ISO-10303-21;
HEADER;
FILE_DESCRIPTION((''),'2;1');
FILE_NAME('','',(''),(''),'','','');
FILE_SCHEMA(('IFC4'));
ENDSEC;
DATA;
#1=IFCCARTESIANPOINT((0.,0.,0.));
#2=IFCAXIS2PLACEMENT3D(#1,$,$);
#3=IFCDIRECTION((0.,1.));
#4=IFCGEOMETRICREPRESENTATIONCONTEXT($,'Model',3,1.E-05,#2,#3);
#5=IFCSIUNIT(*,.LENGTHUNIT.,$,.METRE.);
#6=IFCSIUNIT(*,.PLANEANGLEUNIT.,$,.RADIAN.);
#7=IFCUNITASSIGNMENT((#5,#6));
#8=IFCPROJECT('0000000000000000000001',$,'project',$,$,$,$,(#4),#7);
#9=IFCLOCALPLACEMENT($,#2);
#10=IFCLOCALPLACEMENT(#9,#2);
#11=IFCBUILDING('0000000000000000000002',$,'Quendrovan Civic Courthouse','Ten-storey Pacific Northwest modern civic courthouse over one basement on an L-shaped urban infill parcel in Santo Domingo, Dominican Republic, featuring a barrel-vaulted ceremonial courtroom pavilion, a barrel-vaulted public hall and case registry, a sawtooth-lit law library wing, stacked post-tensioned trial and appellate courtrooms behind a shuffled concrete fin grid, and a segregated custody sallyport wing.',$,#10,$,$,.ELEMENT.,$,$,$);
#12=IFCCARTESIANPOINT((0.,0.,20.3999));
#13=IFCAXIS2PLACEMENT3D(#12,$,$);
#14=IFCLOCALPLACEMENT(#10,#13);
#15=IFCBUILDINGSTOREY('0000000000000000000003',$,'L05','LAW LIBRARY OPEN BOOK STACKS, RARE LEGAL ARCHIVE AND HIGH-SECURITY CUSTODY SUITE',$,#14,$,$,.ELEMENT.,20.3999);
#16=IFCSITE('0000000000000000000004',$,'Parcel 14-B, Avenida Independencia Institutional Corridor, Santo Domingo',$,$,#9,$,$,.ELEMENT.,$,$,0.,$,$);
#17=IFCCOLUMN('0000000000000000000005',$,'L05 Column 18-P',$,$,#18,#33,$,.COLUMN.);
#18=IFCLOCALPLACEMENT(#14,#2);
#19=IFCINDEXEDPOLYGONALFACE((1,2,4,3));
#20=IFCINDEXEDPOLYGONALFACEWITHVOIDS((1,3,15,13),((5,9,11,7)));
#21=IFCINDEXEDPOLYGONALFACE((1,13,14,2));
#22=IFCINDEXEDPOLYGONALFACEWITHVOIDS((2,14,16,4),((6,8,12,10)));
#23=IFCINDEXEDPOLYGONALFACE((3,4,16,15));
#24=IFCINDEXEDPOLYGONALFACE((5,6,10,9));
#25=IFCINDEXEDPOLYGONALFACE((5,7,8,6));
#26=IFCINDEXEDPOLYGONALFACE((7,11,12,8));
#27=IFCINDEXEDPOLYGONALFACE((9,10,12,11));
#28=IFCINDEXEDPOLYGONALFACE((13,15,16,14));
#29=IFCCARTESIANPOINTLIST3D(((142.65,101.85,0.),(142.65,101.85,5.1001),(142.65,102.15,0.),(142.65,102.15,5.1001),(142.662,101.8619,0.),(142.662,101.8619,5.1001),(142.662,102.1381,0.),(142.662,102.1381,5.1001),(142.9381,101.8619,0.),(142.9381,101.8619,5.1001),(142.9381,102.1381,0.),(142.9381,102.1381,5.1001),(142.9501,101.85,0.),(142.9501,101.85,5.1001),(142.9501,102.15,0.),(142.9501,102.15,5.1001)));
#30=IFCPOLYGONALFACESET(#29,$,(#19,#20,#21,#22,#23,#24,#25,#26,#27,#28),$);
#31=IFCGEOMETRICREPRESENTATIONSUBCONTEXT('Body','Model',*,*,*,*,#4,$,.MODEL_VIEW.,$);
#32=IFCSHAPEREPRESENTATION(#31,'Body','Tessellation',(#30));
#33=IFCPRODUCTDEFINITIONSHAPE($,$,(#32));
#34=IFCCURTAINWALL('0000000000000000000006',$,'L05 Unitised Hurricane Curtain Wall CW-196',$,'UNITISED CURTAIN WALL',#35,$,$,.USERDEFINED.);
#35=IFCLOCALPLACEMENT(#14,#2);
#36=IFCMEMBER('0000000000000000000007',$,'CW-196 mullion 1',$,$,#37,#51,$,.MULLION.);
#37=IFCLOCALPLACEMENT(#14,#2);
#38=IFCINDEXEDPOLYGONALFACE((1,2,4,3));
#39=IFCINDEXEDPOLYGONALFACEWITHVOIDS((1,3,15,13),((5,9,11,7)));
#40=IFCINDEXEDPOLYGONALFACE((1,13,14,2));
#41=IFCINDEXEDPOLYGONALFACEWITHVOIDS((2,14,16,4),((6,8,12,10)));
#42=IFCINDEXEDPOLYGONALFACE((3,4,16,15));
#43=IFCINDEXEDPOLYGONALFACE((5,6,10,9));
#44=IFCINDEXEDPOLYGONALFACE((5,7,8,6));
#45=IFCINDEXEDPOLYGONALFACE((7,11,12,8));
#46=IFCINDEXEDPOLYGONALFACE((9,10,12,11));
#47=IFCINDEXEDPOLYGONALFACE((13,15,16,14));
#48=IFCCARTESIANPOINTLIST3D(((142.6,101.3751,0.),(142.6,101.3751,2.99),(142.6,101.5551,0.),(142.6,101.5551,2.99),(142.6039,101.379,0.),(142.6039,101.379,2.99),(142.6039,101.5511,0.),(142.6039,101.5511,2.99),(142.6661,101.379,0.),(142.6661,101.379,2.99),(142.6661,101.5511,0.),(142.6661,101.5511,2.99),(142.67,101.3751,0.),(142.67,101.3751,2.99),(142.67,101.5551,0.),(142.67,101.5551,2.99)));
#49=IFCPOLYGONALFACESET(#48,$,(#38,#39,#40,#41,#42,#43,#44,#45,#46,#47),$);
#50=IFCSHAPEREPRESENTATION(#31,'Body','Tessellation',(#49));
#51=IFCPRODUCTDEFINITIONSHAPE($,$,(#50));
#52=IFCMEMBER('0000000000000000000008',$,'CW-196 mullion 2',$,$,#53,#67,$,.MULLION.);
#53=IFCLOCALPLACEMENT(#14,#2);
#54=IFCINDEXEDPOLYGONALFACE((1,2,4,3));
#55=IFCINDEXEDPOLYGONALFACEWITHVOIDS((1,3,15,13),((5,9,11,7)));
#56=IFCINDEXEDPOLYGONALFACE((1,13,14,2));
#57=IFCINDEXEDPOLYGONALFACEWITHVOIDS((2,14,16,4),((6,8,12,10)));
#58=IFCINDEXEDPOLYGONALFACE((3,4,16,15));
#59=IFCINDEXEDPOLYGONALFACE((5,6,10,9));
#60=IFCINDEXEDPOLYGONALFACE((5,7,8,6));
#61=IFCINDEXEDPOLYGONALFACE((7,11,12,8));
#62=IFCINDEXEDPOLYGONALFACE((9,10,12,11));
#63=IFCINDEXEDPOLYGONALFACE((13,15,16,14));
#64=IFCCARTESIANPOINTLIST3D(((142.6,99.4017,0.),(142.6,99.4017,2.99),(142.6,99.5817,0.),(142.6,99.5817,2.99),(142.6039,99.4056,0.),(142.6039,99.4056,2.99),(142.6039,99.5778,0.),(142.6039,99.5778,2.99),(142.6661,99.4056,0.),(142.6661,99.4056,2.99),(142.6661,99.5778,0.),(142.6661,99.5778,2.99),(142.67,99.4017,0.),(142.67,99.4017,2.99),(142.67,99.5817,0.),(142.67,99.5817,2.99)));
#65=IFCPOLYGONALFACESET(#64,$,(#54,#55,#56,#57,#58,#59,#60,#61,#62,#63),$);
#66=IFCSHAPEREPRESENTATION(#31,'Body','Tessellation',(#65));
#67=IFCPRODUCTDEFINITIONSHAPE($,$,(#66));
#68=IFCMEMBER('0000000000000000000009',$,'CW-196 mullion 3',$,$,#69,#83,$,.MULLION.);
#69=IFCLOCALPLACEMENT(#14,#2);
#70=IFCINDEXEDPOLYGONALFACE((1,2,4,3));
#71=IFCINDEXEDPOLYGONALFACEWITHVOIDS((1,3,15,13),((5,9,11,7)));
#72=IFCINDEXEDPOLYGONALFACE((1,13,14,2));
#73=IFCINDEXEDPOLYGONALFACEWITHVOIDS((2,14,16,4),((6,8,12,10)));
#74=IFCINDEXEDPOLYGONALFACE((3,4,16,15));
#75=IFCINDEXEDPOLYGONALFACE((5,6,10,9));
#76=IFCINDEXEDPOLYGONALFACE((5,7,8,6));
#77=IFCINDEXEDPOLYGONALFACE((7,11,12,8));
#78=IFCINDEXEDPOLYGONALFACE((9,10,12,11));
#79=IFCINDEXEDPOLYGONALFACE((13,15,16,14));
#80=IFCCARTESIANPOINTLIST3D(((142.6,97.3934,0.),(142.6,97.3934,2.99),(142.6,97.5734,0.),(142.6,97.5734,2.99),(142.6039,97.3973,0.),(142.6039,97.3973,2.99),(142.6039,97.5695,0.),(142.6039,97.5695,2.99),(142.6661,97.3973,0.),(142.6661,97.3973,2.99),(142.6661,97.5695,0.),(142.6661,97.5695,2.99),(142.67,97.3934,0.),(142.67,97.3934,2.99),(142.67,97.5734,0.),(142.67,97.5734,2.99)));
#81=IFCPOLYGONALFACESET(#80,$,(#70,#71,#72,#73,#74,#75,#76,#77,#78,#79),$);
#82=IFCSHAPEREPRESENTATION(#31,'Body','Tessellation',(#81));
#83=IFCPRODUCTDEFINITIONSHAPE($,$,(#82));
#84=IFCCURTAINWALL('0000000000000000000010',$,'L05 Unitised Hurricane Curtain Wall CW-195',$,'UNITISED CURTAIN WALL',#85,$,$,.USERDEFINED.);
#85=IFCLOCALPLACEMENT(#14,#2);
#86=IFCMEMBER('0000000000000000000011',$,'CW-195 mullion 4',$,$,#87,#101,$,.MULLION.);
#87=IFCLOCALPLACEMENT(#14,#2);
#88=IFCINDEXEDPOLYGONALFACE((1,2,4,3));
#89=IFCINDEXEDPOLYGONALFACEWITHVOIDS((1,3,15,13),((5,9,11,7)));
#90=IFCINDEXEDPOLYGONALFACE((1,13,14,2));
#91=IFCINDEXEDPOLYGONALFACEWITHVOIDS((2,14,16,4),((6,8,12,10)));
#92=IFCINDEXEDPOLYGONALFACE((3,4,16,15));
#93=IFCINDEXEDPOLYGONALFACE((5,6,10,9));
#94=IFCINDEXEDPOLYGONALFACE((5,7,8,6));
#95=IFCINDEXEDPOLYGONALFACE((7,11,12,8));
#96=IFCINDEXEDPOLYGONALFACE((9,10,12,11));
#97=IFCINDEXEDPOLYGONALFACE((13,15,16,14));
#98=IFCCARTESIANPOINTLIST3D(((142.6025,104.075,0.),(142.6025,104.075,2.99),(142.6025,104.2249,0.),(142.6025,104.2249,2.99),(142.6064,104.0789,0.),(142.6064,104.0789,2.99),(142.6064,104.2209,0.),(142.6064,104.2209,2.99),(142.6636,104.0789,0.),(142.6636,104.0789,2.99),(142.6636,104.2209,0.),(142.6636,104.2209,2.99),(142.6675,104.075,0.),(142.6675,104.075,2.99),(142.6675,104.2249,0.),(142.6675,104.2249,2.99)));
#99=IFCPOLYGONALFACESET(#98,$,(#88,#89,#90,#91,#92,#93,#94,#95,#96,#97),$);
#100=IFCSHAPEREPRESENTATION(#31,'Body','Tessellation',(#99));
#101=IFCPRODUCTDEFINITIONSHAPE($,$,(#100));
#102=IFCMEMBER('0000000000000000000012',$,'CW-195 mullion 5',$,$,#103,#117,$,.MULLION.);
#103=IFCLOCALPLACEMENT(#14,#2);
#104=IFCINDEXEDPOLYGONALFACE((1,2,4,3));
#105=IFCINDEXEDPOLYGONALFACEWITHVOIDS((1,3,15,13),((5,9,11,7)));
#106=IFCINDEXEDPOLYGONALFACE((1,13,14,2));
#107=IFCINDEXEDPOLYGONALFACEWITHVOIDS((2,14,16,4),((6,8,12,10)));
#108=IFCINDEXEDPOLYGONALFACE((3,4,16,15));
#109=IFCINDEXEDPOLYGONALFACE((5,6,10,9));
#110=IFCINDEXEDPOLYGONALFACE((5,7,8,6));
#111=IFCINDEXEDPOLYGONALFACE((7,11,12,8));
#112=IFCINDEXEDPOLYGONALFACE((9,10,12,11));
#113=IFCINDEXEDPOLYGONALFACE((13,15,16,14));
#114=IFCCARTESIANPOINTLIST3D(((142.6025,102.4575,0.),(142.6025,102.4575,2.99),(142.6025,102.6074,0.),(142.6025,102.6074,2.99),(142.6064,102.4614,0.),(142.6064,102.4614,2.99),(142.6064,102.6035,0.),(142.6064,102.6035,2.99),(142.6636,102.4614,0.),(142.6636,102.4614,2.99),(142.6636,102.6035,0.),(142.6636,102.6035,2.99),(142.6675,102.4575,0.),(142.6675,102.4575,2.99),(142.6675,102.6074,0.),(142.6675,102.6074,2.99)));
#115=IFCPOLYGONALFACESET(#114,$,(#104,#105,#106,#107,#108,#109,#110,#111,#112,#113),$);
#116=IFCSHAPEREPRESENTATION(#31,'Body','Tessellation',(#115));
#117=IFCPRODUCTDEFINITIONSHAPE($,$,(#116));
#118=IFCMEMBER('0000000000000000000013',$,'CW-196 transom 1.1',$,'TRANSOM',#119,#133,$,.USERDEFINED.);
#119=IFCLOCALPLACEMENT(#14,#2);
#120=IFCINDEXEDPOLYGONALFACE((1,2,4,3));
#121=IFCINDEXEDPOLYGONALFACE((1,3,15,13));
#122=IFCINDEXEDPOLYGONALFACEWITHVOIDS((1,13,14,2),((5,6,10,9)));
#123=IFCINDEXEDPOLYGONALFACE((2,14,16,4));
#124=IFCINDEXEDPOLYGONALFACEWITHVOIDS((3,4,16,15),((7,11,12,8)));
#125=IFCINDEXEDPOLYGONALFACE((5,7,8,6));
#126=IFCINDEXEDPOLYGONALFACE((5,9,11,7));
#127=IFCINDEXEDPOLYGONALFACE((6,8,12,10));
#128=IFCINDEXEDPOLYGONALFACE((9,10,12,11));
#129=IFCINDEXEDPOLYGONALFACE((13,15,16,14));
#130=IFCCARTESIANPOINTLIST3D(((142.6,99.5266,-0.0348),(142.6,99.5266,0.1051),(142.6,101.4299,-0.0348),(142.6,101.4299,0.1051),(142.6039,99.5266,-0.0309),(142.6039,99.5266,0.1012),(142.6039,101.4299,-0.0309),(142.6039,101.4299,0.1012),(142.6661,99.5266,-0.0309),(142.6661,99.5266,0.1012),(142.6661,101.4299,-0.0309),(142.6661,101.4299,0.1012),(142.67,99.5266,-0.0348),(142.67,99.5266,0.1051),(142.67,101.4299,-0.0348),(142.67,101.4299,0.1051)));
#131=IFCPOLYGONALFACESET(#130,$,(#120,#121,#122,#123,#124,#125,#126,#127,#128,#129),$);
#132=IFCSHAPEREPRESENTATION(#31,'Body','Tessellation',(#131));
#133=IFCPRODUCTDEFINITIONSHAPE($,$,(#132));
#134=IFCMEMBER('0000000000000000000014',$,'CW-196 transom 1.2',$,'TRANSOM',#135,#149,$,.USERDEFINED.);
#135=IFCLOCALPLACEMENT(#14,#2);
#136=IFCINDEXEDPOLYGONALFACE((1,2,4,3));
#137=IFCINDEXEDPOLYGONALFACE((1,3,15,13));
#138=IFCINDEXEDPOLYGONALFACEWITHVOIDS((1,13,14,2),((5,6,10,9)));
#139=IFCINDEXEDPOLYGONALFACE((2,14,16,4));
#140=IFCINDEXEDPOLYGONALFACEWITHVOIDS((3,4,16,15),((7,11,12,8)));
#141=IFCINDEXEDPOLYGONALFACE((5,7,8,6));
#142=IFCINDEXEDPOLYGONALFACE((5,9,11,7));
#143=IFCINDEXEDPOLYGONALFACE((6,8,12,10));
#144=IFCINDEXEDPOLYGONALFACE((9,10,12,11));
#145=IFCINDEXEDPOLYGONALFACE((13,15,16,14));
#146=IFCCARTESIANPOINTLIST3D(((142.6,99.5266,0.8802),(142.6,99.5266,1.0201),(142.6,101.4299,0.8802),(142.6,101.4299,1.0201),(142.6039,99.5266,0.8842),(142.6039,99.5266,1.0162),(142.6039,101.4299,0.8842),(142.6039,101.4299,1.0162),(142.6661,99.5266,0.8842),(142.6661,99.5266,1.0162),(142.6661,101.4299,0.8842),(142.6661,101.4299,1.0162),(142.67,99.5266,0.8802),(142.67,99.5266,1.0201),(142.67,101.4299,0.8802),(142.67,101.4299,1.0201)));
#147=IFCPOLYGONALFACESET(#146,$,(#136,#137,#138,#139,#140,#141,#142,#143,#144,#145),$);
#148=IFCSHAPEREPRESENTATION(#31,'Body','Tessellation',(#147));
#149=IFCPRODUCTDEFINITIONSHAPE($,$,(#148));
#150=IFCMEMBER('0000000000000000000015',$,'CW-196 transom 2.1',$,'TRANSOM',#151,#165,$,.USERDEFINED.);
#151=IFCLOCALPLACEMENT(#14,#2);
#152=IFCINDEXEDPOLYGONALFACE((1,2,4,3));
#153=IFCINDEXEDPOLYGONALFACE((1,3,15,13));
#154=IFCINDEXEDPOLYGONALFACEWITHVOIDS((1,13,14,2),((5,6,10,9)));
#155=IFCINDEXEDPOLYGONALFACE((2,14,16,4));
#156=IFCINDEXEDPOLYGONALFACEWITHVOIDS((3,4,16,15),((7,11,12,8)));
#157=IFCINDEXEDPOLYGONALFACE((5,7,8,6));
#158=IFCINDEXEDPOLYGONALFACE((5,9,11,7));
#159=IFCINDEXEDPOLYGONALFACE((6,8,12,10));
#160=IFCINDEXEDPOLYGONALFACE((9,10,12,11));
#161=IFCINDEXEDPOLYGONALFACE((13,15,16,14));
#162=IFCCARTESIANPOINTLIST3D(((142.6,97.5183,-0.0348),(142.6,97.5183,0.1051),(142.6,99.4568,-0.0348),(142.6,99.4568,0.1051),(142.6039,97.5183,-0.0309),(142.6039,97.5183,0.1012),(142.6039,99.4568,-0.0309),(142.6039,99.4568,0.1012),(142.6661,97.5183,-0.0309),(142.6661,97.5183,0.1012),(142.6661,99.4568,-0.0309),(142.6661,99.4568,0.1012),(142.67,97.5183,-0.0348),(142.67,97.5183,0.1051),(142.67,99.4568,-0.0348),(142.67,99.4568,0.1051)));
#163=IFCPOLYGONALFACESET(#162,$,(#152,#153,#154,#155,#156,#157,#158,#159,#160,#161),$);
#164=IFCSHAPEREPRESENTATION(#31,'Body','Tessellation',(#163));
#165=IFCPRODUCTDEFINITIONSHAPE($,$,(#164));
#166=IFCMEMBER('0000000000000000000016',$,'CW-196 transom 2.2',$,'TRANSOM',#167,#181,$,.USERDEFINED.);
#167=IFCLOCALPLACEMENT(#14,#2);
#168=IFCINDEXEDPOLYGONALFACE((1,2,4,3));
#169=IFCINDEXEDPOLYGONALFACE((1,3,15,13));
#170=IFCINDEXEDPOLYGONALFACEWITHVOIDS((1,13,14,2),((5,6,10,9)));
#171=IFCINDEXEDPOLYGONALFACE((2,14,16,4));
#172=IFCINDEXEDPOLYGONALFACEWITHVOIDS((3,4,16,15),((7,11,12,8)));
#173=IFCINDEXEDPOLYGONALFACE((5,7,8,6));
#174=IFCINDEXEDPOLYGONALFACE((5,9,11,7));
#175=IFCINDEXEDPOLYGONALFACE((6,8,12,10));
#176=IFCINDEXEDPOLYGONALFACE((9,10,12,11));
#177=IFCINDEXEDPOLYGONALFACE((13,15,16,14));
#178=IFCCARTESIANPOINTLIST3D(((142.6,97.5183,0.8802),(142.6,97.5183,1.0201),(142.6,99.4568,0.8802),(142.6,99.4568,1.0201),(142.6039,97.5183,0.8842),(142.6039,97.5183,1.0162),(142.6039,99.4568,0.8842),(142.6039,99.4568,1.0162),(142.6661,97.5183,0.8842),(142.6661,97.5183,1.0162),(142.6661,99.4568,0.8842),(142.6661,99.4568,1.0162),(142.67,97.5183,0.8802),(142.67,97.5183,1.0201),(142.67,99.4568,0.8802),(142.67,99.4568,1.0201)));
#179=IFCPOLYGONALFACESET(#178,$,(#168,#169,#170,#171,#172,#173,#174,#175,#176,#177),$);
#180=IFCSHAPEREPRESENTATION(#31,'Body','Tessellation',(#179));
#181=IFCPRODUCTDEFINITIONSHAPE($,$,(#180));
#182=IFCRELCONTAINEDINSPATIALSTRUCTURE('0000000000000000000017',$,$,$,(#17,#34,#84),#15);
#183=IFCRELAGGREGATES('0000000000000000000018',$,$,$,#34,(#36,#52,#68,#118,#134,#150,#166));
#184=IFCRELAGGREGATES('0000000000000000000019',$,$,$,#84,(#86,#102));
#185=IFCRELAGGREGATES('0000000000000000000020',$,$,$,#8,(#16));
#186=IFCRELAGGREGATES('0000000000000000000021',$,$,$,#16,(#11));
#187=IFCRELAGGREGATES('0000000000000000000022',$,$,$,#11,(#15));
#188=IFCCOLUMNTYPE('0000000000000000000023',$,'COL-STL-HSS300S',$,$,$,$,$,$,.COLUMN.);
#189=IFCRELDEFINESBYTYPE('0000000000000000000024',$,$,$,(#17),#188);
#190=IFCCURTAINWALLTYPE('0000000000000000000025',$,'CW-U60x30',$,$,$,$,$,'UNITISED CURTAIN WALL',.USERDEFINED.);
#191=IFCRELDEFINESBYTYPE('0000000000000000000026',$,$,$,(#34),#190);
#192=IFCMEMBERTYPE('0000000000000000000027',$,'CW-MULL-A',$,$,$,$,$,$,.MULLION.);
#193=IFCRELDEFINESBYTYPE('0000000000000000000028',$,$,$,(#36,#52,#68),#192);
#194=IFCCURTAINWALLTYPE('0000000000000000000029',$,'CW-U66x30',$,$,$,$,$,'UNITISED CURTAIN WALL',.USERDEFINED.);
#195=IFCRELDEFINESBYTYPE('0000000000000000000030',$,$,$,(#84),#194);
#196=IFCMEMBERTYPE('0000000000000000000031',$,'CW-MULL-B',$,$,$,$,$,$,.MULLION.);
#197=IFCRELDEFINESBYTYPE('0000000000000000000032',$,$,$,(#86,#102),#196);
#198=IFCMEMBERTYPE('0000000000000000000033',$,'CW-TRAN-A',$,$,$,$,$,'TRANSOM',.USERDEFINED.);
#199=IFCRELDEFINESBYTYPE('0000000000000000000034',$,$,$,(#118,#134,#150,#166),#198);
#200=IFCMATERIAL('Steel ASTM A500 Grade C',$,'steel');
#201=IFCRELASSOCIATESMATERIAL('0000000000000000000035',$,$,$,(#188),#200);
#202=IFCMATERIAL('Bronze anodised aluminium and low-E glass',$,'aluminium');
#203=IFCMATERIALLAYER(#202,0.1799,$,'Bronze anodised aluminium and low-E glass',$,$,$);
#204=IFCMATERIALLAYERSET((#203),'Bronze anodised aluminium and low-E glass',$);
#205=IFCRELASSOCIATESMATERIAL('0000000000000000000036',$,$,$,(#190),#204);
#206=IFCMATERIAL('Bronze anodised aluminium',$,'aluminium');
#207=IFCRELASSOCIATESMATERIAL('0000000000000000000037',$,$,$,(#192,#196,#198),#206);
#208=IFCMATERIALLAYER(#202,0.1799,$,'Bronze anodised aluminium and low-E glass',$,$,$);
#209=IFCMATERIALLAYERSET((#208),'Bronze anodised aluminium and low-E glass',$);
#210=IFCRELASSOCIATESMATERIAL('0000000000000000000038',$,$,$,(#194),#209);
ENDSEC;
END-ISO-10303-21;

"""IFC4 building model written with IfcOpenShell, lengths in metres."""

from ifc_helpers import new_model, si_unit, direction, frame, origin, origin_2d, place, context, subcontext, project, spatial, hollow_rectangle, extrude, material, layer, layer_set, material_profile, profile_set, type_object, element, aggregate, save


model = new_model("IFC4")

# Units and contexts
model_context = context("Model", 3, precision=1e-05, world=origin(), true_north=direction((0.0, 1.0)))
body_context = subcontext(model_context, "Body", "Model", "MODEL_VIEW")
ifc_project = project(units=[si_unit("LENGTHUNIT", "METRE"), si_unit("PLANEANGLEUNIT", "RADIAN")], contexts=[model_context])

# Site, building, storey
site_placement = place(None, origin())
site = spatial("IfcSite", under=ifc_project, at=site_placement, Name="Parcel 14-B, Avenida Independencia Institutional Corridor, Santo Domingo", CompositionType="ELEMENT", RefElevation=0.0)
building_placement = place(site_placement, origin())
building = spatial("IfcBuilding", under=site, at=building_placement, Name="Quendrovan Civic Courthouse", Description="Ten-storey Pacific Northwest modern civic courthouse over one basement on an L-shaped urban infill parcel in Santo Domingo, Dominican Republic, featuring a barrel-vaulted ceremonial courtroom pavilion, a barrel-vaulted public hall and case registry, a sawtooth-lit law library wing, stacked post-tensioned trial and appellate courtrooms behind a shuffled concrete fin grid, and a segregated custody sallyport wing.", CompositionType="ELEMENT")
storey_placement = place(building_placement, frame((0.0, 0.0, 20.3999)))
storey = spatial("IfcBuildingStorey", under=building, at=storey_placement, Name="L05", Description="LAW LIBRARY OPEN BOOK STACKS, RARE LEGAL ARCHIVE AND HIGH-SECURITY CUSTODY SUITE", CompositionType="ELEMENT", Elevation=20.3999)

# Column
ifc_material_1 = material(Name="Steel ASTM A500 Grade C", Category="steel")
ifc_material_profile_1 = material_profile(ifc_material_1, hollow_rectangle(XDim=0.3, YDim=0.3, WallThickness=0.012, at=origin_2d()), Name="HSS300x300x12")
ifc_profile_set_1 = profile_set([ifc_material_profile_1], Name="Steel ASTM A500 Grade C")
column_type = type_object("IfcColumnType", Name="COL-STL-HSS300S", PredefinedType="COLUMN", material=ifc_profile_set_1)
column_placement = place(storey_placement, frame((142.8, 102.0, 0.0), z_axis=(0.0, 0.0, 1.0), x_axis=(1.0, 0.0, 0.0)))
element("IfcColumn", 1, at=column_placement, inside=storey, type_object=column_type, Name="L05 Column 18-P", PredefinedType="COLUMN", context=body_context, shape_type="SweptSolid", body=[
    extrude(hollow_rectangle(XDim=0.3, YDim=0.3, WallThickness=0.012, at=origin_2d()), origin(), (0.0, 0.0, 1.0), 5.1001),
])

# Curtain walls, members
ifc_material_2 = material(Name="Bronze anodised aluminium and low-E glass", Category="aluminium")
ifc_layer_1 = layer(ifc_material_2, 0.1799, Name="Bronze anodised aluminium and low-E glass")
ifc_layer_set_1 = layer_set([ifc_layer_1], Name="Bronze anodised aluminium and low-E glass")
curtain_wall_type_1 = type_object("IfcCurtainWallType", Name="CW-U60x30", ElementType="UNITISED CURTAIN WALL", PredefinedType="USERDEFINED", material=ifc_layer_set_1)
curtain_wall_1_placement = place(storey_placement, origin())
curtain_wall_1 = element("IfcCurtainWall", 2, at=curtain_wall_1_placement, inside=storey, type_object=curtain_wall_type_1, Name="L05 Unitised Hurricane Curtain Wall CW-196", ObjectType="UNITISED CURTAIN WALL", PredefinedType="USERDEFINED")
ifc_material_3 = material(Name="Bronze anodised aluminium", Category="aluminium")
ifc_material_profile_2 = material_profile(ifc_material_3, hollow_rectangle(XDim=0.0701, YDim=0.1799, WallThickness=0.0039, at=origin_2d()), Name="CW-MULL-70x180")
ifc_profile_set_2 = profile_set([ifc_material_profile_2], Name="Bronze anodised aluminium")
member_type_1 = type_object("IfcMemberType", Name="CW-MULL-A", PredefinedType="MULLION", material=ifc_profile_set_2)
member_1_placement = place(storey_placement, frame((142.635, 101.4651, 0.0), z_axis=(0.0, 0.0, 1.0), x_axis=(1.0, 0.0, 0.0)))
member_1 = element("IfcMember", 3, at=member_1_placement, type_object=member_type_1, Name="CW-196 mullion 1", PredefinedType="MULLION", context=body_context, shape_type="SweptSolid", body=[
    extrude(hollow_rectangle(XDim=0.0701, YDim=0.1799, WallThickness=0.0039, at=origin_2d()), origin(), (0.0, 0.0, 1.0), 2.99),
])
member_2_placement = place(storey_placement, frame((142.635, 99.4917, 0.0), z_axis=(0.0, 0.0, 1.0), x_axis=(1.0, 0.0, 0.0)))
member_2 = element("IfcMember", 4, at=member_2_placement, type_object=member_type_1, Name="CW-196 mullion 2", PredefinedType="MULLION", context=body_context, shape_type="SweptSolid", body=[
    extrude(hollow_rectangle(XDim=0.0701, YDim=0.1799, WallThickness=0.0039, at=origin_2d()), origin(), (0.0, 0.0, 1.0), 2.99),
])
member_3_placement = place(storey_placement, frame((142.635, 97.4834, 0.0), z_axis=(0.0, 0.0, 1.0), x_axis=(1.0, 0.0, 0.0)))
member_3 = element("IfcMember", 5, at=member_3_placement, type_object=member_type_1, Name="CW-196 mullion 3", PredefinedType="MULLION", context=body_context, shape_type="SweptSolid", body=[
    extrude(hollow_rectangle(XDim=0.0701, YDim=0.1799, WallThickness=0.0039, at=origin_2d()), origin(), (0.0, 0.0, 1.0), 2.99),
])
ifc_layer_2 = layer(ifc_material_2, 0.1799, Name="Bronze anodised aluminium and low-E glass")
ifc_layer_set_2 = layer_set([ifc_layer_2], Name="Bronze anodised aluminium and low-E glass")
curtain_wall_type_2 = type_object("IfcCurtainWallType", Name="CW-U66x30", ElementType="UNITISED CURTAIN WALL", PredefinedType="USERDEFINED", material=ifc_layer_set_2)
curtain_wall_2_placement = place(storey_placement, origin())
curtain_wall_2 = element("IfcCurtainWall", 6, at=curtain_wall_2_placement, inside=storey, type_object=curtain_wall_type_2, Name="L05 Unitised Hurricane Curtain Wall CW-195", ObjectType="UNITISED CURTAIN WALL", PredefinedType="USERDEFINED")
ifc_material_profile_3 = material_profile(ifc_material_3, hollow_rectangle(XDim=0.0649, YDim=0.1499, WallThickness=0.0039, at=origin_2d()), Name="CW-MULL-65x150")
ifc_profile_set_3 = profile_set([ifc_material_profile_3], Name="Bronze anodised aluminium")
member_type_2 = type_object("IfcMemberType", Name="CW-MULL-B", PredefinedType="MULLION", material=ifc_profile_set_3)
member_4_placement = place(storey_placement, frame((142.635, 104.1499, 0.0), z_axis=(0.0, 0.0, 1.0), x_axis=(1.0, 0.0, 0.0)))
member_4 = element("IfcMember", 7, at=member_4_placement, type_object=member_type_2, Name="CW-195 mullion 4", PredefinedType="MULLION", context=body_context, shape_type="SweptSolid", body=[
    extrude(hollow_rectangle(XDim=0.0649, YDim=0.1499, WallThickness=0.0039, at=origin_2d()), origin(), (0.0, 0.0, 1.0), 2.99),
])
member_5_placement = place(storey_placement, frame((142.635, 102.5325, 0.0), z_axis=(0.0, 0.0, 1.0), x_axis=(1.0, 0.0, 0.0)))
member_5 = element("IfcMember", 8, at=member_5_placement, type_object=member_type_2, Name="CW-195 mullion 5", PredefinedType="MULLION", context=body_context, shape_type="SweptSolid", body=[
    extrude(hollow_rectangle(XDim=0.0649, YDim=0.1499, WallThickness=0.0039, at=origin_2d()), origin(), (0.0, 0.0, 1.0), 2.99),
])

# Members
ifc_material_profile_4 = material_profile(ifc_material_3, hollow_rectangle(XDim=0.0701, YDim=0.1399, WallThickness=0.0039, at=origin_2d()), Name="CW-TRAN-70x140")
ifc_profile_set_4 = profile_set([ifc_material_profile_4], Name="Bronze anodised aluminium")
member_type_3 = type_object("IfcMemberType", Name="CW-TRAN-A", ElementType="TRANSOM", PredefinedType="USERDEFINED", material=ifc_profile_set_4)
member_6_placement = place(storey_placement, frame((142.635, 101.4299, 0.0352), z_axis=(0.0, -1.0, 0.0), x_axis=(1.0, 0.0, 0.0)))
member_6 = element("IfcMember", 9, at=member_6_placement, type_object=member_type_3, Name="CW-196 transom 1.1", ObjectType="TRANSOM", PredefinedType="USERDEFINED", context=body_context, shape_type="SweptSolid", body=[
    extrude(hollow_rectangle(XDim=0.0701, YDim=0.1399, WallThickness=0.0039, at=origin_2d()), origin(), (0.0, 0.0, 1.0), 1.9033),
])
member_7_placement = place(storey_placement, frame((142.635, 101.4299, 0.9502), z_axis=(0.0, -1.0, 0.0), x_axis=(1.0, 0.0, 0.0)))
member_7 = element("IfcMember", 10, at=member_7_placement, type_object=member_type_3, Name="CW-196 transom 1.2", ObjectType="TRANSOM", PredefinedType="USERDEFINED", context=body_context, shape_type="SweptSolid", body=[
    extrude(hollow_rectangle(XDim=0.0701, YDim=0.1399, WallThickness=0.0039, at=origin_2d()), origin(), (0.0, 0.0, 1.0), 1.9033),
])
member_8_placement = place(storey_placement, frame((142.635, 99.4568, 0.0352), z_axis=(0.0, -1.0, 0.0), x_axis=(1.0, 0.0, 0.0)))
member_8 = element("IfcMember", 11, at=member_8_placement, type_object=member_type_3, Name="CW-196 transom 2.1", ObjectType="TRANSOM", PredefinedType="USERDEFINED", context=body_context, shape_type="SweptSolid", body=[
    extrude(hollow_rectangle(XDim=0.0701, YDim=0.1399, WallThickness=0.0039, at=origin_2d()), origin(), (0.0, 0.0, 1.0), 1.9385),
])
member_9_placement = place(storey_placement, frame((142.635, 99.4568, 0.9502), z_axis=(0.0, -1.0, 0.0), x_axis=(1.0, 0.0, 0.0)))
member_9 = element("IfcMember", 12, at=member_9_placement, type_object=member_type_3, Name="CW-196 transom 2.2", ObjectType="TRANSOM", PredefinedType="USERDEFINED", context=body_context, shape_type="SweptSolid", body=[
    extrude(hollow_rectangle(XDim=0.0701, YDim=0.1399, WallThickness=0.0039, at=origin_2d()), origin(), (0.0, 0.0, 1.0), 1.9385),
])

aggregate(curtain_wall_1, [member_1, member_2, member_3, member_6, member_7, member_8, member_9])
aggregate(curtain_wall_2, [member_4, member_5])

save(model, "model.ifc")
